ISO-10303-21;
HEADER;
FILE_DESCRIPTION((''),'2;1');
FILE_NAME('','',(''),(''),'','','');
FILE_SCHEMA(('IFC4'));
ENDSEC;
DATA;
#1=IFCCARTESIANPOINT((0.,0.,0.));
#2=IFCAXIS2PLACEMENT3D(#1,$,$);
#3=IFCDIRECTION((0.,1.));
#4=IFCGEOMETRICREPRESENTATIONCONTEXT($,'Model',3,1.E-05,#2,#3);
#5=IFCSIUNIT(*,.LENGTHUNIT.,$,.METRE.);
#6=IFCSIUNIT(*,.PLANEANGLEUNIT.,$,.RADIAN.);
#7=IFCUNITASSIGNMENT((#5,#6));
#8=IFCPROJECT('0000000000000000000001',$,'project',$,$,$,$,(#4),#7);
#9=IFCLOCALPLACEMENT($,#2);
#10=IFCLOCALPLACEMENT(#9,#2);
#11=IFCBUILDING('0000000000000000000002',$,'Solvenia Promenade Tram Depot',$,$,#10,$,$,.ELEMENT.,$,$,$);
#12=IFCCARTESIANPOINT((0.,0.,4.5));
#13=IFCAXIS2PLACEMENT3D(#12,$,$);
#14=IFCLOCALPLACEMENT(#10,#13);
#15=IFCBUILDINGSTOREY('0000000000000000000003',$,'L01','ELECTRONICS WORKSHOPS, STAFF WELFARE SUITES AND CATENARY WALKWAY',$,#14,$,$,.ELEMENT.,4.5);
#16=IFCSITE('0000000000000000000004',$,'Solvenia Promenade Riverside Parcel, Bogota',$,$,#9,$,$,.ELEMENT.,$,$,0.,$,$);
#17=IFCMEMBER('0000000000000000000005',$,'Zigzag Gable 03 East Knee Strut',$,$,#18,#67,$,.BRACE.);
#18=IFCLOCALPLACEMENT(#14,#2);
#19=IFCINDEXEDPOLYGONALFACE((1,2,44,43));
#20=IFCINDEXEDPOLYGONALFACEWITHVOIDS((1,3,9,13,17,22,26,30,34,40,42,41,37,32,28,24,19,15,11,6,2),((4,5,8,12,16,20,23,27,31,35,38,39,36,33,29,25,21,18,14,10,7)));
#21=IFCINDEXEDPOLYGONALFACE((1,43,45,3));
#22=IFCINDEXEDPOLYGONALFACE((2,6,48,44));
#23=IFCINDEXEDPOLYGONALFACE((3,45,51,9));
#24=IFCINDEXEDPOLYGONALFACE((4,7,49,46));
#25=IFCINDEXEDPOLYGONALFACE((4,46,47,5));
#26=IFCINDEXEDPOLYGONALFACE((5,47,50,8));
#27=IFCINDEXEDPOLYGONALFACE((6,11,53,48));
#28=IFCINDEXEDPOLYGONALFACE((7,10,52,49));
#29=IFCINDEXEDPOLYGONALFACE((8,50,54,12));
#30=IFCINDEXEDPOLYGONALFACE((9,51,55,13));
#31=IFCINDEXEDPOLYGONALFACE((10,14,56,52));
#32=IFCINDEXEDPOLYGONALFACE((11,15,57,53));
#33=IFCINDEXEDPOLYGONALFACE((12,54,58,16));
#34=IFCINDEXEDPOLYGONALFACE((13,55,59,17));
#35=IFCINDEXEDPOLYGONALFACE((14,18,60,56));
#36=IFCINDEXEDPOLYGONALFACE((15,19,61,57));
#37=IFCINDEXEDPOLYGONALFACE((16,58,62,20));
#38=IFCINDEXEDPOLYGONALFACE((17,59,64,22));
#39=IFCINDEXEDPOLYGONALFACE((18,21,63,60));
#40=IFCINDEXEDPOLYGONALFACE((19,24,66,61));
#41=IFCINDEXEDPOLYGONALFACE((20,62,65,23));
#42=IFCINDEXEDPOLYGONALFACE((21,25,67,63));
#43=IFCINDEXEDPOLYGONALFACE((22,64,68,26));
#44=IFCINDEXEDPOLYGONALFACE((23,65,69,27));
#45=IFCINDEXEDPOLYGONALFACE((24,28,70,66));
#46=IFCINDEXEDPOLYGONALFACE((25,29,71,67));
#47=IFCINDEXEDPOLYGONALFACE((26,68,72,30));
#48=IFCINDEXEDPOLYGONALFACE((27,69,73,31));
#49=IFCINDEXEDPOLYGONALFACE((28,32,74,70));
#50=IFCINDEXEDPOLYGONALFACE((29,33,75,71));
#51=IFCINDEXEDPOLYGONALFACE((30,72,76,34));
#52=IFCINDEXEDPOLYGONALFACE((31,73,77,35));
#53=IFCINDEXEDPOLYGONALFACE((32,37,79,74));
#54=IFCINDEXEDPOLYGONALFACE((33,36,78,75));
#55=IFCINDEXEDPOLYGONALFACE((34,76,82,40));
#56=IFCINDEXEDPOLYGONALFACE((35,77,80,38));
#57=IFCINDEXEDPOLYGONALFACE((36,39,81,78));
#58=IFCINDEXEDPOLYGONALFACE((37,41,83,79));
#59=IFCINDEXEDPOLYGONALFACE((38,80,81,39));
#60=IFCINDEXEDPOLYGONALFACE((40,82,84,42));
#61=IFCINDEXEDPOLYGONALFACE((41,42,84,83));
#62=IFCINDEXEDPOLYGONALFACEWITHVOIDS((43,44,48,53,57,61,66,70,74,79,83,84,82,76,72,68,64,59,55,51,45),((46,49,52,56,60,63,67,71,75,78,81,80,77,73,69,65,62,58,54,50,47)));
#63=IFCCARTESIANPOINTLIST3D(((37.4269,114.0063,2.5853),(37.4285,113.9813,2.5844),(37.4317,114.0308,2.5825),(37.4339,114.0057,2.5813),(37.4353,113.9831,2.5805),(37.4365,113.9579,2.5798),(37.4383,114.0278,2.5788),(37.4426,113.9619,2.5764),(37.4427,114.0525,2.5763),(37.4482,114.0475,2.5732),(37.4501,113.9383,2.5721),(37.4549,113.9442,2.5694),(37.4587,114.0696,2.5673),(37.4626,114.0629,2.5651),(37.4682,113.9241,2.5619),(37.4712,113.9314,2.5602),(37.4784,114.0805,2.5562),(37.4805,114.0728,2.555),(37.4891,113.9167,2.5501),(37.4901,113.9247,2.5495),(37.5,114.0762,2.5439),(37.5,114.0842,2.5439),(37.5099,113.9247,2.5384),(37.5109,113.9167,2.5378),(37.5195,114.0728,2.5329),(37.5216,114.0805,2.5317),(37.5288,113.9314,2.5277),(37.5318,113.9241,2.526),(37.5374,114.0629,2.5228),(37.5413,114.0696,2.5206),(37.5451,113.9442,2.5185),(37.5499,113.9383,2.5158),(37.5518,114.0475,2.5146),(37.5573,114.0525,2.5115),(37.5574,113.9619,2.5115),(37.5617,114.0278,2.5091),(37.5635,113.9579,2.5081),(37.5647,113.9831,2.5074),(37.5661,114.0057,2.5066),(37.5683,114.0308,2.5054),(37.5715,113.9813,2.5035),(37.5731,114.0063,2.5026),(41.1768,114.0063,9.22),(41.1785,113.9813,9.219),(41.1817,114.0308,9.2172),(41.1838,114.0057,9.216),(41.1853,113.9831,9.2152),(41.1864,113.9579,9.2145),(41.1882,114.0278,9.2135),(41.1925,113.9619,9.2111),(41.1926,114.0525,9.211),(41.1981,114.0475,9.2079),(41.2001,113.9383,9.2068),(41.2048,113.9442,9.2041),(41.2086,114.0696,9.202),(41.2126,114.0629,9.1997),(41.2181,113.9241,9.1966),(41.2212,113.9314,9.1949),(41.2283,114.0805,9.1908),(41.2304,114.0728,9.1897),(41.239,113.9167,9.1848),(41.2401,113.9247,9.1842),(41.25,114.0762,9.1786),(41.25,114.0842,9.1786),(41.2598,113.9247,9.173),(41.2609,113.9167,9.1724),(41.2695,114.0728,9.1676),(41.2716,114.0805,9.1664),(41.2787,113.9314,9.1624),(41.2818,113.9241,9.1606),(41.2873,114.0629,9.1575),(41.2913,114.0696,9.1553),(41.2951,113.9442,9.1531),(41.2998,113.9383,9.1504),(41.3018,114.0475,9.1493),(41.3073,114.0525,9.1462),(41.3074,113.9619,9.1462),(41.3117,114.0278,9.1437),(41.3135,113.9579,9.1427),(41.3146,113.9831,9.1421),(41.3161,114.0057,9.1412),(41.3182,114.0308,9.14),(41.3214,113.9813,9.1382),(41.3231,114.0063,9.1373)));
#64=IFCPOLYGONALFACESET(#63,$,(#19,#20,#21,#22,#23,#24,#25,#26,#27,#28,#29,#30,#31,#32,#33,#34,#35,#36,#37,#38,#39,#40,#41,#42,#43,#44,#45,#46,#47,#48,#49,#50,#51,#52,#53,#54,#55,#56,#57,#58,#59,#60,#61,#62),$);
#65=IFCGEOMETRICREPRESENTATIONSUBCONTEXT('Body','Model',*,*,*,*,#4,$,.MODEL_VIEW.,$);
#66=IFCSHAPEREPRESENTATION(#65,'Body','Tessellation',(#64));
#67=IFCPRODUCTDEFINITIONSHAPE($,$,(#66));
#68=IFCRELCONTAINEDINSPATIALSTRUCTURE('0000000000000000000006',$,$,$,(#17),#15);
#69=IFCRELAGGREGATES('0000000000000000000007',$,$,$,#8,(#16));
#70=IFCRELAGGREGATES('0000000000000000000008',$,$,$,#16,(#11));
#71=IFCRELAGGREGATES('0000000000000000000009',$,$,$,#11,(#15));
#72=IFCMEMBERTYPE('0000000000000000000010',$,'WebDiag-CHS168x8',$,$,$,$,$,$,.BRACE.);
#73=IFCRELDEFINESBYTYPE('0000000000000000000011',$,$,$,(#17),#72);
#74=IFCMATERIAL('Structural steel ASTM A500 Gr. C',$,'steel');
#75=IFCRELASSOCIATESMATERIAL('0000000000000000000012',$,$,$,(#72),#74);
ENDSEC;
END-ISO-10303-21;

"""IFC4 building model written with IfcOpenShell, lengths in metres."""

from ifc_helpers import new_model, si_unit, direction, frame, origin, origin_2d, place, context, subcontext, project, spatial, hollow_circle, extrude, material, material_profile, profile_set, type_object, element, save


model = new_model("IFC4")

# Units and contexts
model_context = context("Model", 3, precision=1e-05, world=origin(), true_north=direction((0.0, 1.0)))
body_context = subcontext(model_context, "Body", "Model", "MODEL_VIEW")
ifc_project = project(units=[si_unit("LENGTHUNIT", "METRE"), si_unit("PLANEANGLEUNIT", "RADIAN")], contexts=[model_context])

# Site, building, storey
site_placement = place(None, origin())
site = spatial("IfcSite", under=ifc_project, at=site_placement, Name="Solvenia Promenade Riverside Parcel, Bogota", CompositionType="ELEMENT", RefElevation=0.0)
building_placement = place(site_placement, origin())
building = spatial("IfcBuilding", under=site, at=building_placement, Name="Solvenia Promenade Tram Depot", CompositionType="ELEMENT")
storey_placement = place(building_placement, frame((0.0, 0.0, 4.5)))
storey = spatial("IfcBuildingStorey", under=building, at=storey_placement, Name="L01", Description="ELECTRONICS WORKSHOPS, STAFF WELFARE SUITES AND CATENARY WALKWAY", CompositionType="ELEMENT", Elevation=4.5)

# Shared definitions
ifc_material_1 = material(Name="Structural steel ASTM A500 Gr. C", Category="steel")

# Member
ifc_material_profile_1 = material_profile(ifc_material_1, hollow_circle(Radius=0.0842, WallThickness=0.0081, at=origin_2d()), Name="CHS168.3x8", Category="steel")
ifc_profile_set_1 = profile_set([ifc_material_profile_1], Name="Structural steel ASTM A500 Gr. C")
member_type_1 = type_object("IfcMemberType", Name="WebDiag-CHS168x8", PredefinedType="BRACE", material=ifc_profile_set_1)
for number, where, z_axis, x_axis, name in (
    (1, (37.5, 114.0, 2.5439), (0.492049, 0.0, 0.870568), (0.0, 1.0, 0.0), "Zigzag Gable 03 East Knee Strut"),
):
    element("IfcMember", number, at=place(storey_placement, frame(where, z_axis=z_axis, x_axis=x_axis)), inside=storey, type_object=member_type_1, Name=name, PredefinedType="BRACE", context=body_context, shape_type="SweptSolid", body=[
        extrude(hollow_circle(Radius=0.0842, WallThickness=0.0081, at=origin_2d()), origin(), (0.0, 0.0, 1.0), 7.6211),
    ])

save(model, "model.ifc")
